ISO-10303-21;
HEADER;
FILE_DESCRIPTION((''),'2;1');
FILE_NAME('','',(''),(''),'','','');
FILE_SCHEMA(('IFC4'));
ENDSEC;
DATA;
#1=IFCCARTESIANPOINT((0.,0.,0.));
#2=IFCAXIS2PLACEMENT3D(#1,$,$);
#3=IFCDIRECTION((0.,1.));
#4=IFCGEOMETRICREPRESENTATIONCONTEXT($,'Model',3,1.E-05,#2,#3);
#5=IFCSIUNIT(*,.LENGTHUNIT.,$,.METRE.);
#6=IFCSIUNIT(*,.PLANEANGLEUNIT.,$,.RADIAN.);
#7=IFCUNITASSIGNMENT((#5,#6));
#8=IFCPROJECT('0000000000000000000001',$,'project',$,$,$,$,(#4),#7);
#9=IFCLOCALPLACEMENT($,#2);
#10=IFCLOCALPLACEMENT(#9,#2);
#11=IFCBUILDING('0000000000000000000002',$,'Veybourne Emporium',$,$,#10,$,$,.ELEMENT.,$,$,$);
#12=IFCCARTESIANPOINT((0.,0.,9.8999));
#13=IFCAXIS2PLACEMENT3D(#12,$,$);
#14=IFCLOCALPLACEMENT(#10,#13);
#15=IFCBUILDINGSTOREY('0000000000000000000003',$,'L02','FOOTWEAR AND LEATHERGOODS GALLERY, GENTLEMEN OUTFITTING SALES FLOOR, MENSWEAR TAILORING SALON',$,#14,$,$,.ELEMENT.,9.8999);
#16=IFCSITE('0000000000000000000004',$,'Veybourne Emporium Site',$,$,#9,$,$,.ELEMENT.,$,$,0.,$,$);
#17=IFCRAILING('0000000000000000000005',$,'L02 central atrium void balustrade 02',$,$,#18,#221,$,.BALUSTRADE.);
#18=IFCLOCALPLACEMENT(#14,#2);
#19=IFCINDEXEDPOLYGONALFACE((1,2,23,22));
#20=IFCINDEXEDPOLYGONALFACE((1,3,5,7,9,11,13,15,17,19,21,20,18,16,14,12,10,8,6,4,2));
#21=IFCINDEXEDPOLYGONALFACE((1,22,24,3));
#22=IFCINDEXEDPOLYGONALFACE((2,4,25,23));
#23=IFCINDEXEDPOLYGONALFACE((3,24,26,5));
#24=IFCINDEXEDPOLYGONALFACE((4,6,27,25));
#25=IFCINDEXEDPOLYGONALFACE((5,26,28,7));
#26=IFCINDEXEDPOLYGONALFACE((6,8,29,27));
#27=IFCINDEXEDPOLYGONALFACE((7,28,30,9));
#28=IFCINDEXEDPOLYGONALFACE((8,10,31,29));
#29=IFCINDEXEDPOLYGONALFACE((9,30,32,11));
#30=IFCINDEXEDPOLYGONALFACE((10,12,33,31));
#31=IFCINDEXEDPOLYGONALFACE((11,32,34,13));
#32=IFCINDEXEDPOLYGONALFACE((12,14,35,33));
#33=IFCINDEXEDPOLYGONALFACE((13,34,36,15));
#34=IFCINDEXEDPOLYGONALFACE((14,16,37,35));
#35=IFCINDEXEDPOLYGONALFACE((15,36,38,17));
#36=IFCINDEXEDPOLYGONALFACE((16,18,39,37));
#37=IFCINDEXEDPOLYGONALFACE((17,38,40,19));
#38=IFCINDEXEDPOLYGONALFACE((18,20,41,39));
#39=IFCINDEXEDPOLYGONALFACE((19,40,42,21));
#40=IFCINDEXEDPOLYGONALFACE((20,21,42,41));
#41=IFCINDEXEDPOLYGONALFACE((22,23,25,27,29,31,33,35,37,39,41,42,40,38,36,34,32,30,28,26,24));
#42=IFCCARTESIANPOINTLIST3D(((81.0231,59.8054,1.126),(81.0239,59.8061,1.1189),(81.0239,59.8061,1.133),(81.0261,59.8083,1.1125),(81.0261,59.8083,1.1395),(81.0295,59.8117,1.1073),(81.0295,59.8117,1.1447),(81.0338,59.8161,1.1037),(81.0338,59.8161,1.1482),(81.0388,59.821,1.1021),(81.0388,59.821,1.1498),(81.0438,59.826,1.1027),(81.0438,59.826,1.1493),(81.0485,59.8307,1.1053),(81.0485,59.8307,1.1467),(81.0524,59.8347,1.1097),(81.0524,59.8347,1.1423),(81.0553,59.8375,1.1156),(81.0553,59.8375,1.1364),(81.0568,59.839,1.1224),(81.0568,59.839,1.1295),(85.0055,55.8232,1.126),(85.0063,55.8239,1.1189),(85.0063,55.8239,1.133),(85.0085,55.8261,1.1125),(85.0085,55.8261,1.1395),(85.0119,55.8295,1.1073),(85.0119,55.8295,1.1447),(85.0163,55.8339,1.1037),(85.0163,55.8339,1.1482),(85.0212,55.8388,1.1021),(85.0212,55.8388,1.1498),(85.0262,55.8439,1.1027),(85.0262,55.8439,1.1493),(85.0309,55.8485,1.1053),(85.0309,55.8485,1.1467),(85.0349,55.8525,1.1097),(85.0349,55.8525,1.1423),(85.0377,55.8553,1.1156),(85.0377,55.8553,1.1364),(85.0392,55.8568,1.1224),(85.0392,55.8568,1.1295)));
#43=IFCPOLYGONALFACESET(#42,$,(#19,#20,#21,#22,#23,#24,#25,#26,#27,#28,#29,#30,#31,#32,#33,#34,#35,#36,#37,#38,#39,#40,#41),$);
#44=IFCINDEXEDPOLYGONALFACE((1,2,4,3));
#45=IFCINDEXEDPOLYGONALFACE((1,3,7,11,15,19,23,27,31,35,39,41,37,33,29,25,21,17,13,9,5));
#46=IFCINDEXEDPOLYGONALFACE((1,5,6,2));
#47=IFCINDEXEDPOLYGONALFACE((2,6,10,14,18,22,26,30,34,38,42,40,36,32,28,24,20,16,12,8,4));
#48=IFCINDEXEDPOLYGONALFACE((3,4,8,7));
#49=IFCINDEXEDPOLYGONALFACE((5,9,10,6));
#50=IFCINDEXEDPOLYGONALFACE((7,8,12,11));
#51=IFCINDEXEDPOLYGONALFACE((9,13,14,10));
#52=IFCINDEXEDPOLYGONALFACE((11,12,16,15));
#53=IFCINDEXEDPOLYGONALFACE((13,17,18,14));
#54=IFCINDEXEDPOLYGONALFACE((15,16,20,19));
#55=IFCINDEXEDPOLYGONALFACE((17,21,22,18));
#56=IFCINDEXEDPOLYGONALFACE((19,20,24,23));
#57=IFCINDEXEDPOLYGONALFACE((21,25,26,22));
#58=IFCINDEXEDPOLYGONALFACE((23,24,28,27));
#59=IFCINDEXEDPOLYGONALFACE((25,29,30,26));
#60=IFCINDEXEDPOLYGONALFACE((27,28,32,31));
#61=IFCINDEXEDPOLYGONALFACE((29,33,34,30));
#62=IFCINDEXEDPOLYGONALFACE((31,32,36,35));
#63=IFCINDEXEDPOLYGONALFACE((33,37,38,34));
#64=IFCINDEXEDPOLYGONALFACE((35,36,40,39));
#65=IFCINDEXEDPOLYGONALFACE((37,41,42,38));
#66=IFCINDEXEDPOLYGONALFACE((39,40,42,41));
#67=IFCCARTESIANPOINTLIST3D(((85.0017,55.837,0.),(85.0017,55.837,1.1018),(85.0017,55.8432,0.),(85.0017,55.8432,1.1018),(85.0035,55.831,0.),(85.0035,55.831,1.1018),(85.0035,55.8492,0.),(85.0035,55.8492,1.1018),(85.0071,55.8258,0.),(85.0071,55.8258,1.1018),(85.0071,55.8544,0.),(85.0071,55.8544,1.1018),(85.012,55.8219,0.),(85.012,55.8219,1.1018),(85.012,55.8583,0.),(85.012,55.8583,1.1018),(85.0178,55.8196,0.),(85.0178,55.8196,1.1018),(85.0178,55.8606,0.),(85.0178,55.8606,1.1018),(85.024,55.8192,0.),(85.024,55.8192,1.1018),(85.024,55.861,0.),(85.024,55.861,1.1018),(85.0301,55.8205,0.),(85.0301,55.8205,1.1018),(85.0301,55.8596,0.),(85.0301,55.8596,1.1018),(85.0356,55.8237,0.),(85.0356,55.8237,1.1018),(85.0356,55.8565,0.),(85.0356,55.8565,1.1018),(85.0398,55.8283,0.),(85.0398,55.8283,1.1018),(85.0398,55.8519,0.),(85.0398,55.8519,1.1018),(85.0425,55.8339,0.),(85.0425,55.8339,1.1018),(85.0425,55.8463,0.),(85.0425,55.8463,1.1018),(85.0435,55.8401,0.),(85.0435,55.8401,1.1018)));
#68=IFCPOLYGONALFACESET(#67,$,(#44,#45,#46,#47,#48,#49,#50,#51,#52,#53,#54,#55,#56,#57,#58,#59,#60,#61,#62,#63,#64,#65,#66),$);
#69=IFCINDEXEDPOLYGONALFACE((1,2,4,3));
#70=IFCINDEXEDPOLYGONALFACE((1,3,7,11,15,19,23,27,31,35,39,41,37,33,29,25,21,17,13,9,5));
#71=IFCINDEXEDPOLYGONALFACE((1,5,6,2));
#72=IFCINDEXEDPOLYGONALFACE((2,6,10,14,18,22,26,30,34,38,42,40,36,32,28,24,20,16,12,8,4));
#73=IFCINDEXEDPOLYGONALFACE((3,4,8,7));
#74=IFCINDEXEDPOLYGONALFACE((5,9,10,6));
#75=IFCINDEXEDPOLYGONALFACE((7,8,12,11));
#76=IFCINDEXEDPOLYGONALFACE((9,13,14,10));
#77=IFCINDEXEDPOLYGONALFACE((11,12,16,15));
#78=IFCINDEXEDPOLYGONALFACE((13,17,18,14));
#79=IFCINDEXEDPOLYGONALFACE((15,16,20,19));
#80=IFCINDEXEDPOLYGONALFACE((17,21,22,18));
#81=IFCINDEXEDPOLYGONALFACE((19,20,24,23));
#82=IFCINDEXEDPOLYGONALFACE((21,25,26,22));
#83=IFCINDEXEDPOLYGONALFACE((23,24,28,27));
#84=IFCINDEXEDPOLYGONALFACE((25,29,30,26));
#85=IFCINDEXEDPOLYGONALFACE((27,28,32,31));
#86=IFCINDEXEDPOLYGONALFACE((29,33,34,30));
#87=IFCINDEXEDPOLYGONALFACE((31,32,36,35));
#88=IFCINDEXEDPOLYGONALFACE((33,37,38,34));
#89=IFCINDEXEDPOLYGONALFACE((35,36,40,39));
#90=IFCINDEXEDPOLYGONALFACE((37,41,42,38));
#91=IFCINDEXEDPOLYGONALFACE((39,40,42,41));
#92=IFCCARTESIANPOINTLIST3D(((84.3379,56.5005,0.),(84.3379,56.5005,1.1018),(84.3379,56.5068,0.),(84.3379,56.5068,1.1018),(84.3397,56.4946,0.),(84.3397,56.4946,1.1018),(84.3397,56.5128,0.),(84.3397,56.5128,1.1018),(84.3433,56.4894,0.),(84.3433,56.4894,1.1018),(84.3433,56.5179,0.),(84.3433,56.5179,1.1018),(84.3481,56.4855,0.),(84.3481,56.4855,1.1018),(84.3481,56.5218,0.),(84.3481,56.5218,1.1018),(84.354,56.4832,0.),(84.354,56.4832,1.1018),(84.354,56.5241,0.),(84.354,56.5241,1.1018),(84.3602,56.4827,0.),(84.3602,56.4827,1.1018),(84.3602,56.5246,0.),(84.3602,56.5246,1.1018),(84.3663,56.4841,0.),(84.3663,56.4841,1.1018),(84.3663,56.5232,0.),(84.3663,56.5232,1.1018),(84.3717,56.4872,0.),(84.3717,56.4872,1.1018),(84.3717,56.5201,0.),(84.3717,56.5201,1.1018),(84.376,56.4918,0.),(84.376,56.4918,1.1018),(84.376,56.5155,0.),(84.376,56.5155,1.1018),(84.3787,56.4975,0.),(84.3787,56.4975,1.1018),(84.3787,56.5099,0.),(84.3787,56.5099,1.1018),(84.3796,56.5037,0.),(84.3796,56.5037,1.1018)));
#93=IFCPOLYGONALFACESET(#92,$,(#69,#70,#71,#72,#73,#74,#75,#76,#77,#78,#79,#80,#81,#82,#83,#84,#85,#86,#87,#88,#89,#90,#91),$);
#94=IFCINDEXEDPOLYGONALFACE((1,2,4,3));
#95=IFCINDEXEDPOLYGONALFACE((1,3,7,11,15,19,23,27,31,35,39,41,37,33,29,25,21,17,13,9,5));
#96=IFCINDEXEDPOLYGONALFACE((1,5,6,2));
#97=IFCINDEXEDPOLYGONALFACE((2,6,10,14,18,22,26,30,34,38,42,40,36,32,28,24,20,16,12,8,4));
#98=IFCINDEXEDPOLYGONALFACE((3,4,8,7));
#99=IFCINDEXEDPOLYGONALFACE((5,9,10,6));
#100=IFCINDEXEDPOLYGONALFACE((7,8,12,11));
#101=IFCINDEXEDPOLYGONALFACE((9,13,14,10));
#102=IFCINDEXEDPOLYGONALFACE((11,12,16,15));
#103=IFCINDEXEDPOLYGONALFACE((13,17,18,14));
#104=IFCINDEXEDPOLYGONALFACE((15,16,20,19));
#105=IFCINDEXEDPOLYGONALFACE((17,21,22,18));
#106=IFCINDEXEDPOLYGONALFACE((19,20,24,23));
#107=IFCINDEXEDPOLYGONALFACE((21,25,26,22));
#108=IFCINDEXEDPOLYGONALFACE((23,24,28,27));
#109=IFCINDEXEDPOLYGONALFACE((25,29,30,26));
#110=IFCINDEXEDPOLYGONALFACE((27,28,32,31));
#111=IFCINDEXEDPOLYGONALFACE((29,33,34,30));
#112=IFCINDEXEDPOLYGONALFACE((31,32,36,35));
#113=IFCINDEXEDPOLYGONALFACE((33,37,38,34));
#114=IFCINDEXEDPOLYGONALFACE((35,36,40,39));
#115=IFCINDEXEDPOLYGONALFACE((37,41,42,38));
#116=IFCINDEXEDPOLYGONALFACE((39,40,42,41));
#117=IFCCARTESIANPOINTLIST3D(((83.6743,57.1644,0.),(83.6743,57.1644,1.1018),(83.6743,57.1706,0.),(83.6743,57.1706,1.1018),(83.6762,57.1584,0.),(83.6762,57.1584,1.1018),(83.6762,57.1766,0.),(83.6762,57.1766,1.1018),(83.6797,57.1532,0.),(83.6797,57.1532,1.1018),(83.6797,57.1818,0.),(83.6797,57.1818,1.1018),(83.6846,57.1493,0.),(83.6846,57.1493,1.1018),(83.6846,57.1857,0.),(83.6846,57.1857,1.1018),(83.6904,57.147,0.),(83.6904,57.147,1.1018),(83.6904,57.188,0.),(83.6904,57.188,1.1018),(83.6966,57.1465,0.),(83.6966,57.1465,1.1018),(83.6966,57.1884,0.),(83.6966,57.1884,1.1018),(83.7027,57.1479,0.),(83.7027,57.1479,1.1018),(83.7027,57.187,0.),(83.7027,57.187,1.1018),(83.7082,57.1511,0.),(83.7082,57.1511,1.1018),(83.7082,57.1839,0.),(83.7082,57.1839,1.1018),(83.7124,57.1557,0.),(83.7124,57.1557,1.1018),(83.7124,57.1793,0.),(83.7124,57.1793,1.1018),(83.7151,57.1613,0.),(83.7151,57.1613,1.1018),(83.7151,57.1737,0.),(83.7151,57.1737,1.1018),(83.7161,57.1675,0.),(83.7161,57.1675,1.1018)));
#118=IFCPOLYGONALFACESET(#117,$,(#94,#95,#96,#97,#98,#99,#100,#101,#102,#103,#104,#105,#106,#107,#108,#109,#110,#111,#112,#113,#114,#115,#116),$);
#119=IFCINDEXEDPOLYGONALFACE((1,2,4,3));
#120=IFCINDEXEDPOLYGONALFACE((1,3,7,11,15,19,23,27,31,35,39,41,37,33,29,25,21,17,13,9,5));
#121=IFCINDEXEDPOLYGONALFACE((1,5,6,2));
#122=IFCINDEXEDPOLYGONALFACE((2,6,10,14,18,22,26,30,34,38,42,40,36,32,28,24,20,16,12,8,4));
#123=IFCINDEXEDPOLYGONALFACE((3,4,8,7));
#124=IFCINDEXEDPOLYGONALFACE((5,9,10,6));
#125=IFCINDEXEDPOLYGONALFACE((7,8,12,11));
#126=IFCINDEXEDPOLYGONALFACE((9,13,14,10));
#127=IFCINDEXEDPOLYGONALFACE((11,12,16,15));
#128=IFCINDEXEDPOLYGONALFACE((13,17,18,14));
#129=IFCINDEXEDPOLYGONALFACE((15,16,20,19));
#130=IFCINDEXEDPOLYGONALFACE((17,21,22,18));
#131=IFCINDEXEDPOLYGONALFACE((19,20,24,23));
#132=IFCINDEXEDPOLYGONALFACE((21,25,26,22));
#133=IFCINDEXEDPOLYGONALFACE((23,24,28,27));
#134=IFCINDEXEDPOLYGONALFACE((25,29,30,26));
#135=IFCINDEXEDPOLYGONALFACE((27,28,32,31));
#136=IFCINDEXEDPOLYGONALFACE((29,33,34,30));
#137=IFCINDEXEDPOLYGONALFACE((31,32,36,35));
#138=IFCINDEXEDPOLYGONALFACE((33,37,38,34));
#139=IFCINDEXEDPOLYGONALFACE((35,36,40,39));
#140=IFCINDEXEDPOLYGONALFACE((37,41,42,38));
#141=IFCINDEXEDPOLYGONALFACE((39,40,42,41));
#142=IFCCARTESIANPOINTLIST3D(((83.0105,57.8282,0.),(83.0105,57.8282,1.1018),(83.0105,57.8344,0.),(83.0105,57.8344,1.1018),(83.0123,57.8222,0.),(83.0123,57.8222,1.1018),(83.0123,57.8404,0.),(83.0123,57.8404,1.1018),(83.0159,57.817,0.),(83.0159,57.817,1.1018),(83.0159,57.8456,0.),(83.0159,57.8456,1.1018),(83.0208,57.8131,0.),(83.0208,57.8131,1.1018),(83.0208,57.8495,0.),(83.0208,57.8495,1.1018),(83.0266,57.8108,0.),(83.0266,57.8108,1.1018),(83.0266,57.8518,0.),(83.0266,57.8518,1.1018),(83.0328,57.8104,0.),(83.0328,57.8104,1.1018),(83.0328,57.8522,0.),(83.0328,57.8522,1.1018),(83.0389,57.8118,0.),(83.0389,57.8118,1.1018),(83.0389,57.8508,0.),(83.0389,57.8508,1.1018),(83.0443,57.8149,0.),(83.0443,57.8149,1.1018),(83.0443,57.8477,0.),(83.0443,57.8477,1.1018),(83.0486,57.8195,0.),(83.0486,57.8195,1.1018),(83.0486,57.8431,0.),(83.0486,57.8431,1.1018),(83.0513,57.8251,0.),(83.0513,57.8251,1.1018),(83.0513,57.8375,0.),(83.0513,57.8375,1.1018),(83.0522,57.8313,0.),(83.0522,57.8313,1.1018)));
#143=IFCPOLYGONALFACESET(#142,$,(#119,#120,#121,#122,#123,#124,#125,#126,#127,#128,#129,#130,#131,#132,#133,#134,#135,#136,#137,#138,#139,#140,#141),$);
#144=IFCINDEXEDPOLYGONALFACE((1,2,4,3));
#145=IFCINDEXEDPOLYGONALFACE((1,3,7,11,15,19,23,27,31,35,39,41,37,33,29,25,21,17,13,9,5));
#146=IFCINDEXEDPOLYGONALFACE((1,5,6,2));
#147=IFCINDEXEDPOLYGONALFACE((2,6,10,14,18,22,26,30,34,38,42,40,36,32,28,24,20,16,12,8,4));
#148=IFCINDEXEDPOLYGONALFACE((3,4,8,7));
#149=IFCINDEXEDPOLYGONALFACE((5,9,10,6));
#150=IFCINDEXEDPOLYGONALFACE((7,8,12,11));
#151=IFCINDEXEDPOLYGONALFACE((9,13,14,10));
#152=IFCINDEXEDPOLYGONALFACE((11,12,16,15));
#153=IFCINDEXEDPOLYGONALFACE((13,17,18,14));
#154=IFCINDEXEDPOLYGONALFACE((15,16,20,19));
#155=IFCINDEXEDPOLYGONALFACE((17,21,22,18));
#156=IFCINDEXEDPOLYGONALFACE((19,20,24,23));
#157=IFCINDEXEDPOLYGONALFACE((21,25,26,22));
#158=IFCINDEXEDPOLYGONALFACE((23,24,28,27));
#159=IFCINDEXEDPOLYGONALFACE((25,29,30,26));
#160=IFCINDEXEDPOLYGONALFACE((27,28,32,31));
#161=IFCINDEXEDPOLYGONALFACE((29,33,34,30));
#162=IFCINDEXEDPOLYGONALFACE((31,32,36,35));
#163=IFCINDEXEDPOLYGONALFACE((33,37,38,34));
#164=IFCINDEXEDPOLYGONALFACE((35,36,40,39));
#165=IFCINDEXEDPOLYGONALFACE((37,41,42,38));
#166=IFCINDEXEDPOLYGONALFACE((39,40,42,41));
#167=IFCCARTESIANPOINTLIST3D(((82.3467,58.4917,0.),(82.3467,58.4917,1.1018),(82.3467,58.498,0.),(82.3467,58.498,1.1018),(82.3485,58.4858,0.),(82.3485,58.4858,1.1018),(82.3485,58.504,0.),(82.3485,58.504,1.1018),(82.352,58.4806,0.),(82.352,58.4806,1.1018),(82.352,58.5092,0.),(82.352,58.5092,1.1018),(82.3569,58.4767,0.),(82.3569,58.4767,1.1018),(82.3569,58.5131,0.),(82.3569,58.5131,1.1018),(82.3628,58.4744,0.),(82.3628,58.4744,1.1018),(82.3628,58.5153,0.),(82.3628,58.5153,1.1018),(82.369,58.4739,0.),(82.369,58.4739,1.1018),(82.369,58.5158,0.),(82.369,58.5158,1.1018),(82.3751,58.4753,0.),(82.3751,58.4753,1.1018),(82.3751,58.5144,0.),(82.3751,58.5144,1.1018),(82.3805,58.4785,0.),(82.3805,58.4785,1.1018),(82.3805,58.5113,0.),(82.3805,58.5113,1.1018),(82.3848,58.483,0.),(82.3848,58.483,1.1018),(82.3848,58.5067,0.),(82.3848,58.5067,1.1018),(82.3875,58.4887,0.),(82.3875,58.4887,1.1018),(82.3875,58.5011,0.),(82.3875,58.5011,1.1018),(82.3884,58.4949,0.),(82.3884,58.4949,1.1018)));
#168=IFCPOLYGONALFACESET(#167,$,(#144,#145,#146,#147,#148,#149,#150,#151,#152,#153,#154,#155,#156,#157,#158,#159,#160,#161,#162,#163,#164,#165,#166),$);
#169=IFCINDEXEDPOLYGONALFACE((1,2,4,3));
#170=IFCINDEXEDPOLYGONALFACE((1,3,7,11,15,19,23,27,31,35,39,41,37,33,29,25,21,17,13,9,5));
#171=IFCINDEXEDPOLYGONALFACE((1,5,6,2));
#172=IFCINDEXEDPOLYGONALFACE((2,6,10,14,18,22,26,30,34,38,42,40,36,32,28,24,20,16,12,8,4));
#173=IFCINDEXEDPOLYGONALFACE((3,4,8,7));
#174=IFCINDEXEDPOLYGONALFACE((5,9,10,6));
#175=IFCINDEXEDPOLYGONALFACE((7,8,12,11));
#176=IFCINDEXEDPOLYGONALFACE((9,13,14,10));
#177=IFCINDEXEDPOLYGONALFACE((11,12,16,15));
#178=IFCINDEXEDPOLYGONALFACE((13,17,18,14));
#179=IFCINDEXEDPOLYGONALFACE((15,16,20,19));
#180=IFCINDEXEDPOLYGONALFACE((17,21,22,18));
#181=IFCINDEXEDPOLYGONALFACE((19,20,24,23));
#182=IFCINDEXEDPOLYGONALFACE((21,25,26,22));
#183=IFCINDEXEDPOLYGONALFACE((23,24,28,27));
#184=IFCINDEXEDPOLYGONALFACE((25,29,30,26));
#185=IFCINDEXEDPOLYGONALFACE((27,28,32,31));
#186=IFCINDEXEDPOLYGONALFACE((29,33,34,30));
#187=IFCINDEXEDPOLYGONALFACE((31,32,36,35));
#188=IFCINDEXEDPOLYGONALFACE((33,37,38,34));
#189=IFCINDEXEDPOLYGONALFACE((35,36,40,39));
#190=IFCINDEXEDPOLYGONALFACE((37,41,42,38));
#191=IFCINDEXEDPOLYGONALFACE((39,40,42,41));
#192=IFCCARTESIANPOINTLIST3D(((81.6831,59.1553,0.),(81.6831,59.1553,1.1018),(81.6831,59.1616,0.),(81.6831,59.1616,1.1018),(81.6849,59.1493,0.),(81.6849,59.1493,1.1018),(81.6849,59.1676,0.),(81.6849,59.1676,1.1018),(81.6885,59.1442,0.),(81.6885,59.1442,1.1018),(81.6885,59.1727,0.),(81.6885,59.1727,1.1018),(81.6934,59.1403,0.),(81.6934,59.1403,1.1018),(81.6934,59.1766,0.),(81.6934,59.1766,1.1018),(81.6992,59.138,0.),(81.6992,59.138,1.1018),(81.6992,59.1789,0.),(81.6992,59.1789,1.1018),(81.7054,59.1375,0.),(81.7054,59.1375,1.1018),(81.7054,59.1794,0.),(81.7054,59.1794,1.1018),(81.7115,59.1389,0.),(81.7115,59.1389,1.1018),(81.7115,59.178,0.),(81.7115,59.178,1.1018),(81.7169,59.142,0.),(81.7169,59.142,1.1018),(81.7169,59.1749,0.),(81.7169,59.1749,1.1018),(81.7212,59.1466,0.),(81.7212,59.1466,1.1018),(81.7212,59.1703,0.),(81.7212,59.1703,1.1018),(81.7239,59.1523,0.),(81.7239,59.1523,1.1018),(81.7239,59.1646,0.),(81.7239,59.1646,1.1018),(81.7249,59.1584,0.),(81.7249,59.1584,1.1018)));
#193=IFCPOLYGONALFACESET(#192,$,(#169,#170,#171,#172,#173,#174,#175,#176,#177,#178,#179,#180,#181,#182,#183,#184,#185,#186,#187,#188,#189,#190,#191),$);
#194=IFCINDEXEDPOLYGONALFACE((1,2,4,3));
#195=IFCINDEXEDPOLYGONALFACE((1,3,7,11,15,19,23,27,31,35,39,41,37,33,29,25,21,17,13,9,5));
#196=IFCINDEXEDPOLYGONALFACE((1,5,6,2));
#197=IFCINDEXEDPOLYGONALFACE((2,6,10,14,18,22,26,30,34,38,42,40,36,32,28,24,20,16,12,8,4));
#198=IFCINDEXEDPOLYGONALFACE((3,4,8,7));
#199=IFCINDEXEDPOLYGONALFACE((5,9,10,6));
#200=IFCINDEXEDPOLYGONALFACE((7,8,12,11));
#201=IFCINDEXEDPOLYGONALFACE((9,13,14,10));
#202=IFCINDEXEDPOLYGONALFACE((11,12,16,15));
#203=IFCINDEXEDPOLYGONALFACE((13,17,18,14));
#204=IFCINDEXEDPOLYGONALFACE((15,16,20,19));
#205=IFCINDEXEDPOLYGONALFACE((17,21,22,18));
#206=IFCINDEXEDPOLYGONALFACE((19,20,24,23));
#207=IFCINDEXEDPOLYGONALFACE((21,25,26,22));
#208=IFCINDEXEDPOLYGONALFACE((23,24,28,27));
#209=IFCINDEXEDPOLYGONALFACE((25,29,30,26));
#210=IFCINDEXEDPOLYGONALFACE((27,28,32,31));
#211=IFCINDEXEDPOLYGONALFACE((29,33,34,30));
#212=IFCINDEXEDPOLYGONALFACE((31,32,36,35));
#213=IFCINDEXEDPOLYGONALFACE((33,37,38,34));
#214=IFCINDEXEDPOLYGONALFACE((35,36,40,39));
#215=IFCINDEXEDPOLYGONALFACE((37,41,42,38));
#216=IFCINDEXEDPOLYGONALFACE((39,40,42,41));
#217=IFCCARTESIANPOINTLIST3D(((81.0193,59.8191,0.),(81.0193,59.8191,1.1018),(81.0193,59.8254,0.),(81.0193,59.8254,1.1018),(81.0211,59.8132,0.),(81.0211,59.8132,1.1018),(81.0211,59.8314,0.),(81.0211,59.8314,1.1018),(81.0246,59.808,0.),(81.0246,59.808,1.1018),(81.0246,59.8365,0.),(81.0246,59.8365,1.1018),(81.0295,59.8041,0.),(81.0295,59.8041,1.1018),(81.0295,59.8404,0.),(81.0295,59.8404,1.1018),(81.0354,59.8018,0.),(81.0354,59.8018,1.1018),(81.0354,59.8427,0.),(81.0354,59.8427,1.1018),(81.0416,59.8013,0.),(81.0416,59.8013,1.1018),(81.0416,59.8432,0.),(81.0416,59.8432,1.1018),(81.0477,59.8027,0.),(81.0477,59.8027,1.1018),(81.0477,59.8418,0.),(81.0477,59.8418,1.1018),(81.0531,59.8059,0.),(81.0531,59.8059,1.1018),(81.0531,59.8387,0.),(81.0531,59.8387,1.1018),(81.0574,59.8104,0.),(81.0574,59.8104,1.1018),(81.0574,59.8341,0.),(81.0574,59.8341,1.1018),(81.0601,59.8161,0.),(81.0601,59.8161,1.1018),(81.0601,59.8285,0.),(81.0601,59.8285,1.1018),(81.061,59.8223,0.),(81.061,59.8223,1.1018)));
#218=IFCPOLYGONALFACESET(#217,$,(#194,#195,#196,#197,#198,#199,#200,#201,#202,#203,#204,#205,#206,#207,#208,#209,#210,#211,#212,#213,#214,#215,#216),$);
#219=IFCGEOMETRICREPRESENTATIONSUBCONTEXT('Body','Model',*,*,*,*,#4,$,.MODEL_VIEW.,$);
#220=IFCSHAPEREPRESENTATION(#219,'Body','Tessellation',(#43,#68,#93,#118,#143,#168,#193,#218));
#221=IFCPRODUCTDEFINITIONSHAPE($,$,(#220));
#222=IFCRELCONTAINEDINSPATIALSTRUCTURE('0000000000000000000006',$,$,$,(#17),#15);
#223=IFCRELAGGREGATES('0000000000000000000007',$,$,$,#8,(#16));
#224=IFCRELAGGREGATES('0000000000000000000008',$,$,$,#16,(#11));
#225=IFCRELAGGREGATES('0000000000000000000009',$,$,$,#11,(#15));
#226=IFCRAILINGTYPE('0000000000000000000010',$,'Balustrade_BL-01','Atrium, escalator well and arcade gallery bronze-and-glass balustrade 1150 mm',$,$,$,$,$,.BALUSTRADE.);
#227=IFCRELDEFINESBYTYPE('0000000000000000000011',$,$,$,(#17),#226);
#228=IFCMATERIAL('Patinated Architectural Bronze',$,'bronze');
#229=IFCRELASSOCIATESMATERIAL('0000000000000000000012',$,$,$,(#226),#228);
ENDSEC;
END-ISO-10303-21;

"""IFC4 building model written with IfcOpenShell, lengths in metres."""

from ifc_helpers import new_model, si_unit, direction, frame, origin, origin_2d, place, context, subcontext, project, spatial, circle, extrude, material, type_object, element, save


model = new_model("IFC4")

# Units and contexts
model_context = context("Model", 3, precision=1e-05, world=origin(), true_north=direction((0.0, 1.0)))
body_context = subcontext(model_context, "Body", "Model", "MODEL_VIEW")
ifc_project = project(units=[si_unit("LENGTHUNIT", "METRE"), si_unit("PLANEANGLEUNIT", "RADIAN")], contexts=[model_context])

# Site, building, storey
site_placement = place(None, origin())
site = spatial("IfcSite", under=ifc_project, at=site_placement, Name="Veybourne Emporium Site", CompositionType="ELEMENT", RefElevation=0.0)
building_placement = place(site_placement, origin())
building = spatial("IfcBuilding", under=site, at=building_placement, Name="Veybourne Emporium", CompositionType="ELEMENT")
storey_placement = place(building_placement, frame((0.0, 0.0, 9.8999)))
storey = spatial("IfcBuildingStorey", under=building, at=storey_placement, Name="L02", Description="FOOTWEAR AND LEATHERGOODS GALLERY, GENTLEMEN OUTFITTING SALES FLOOR, MENSWEAR TAILORING SALON", CompositionType="ELEMENT", Elevation=9.8999)

# Railing
ifc_material_1 = material(Name="Patinated Architectural Bronze", Category="bronze")
railing_type = type_object("IfcRailingType", Name="Balustrade_BL-01", Description="Atrium, escalator well and arcade gallery bronze-and-glass balustrade 1150 mm", PredefinedType="BALUSTRADE", material=ifc_material_1)
railing_1_placement = place(storey_placement, frame((85.0225, 55.8401, 0.0)))
element("IfcRailing", 1, at=railing_1_placement, inside=storey, type_object=railing_type, Name="L02 central atrium void balustrade 02", PredefinedType="BALUSTRADE", context=body_context, shape_type="SweptSolid", body=[
    extrude(circle(Radius=0.0239, at=origin_2d()), frame((0.0, 0.0, 1.126), z_axis=(-0.707128, 0.707085, 0.0), x_axis=(-0.707085, -0.707128, 0.0)), (0.0, 0.0, 1.0), 5.6318),
    extrude(circle(Radius=0.021, at=origin_2d()), origin(), (0.0, 0.0, 1.0), 1.1018),
    extrude(circle(Radius=0.021, at=origin_2d()), frame((-0.6638, 0.6636, 0.0)), (0.0, 0.0, 1.0), 1.1018),
    extrude(circle(Radius=0.021, at=origin_2d()), frame((-1.3274, 1.3274, 0.0)), (0.0, 0.0, 1.0), 1.1018),
    extrude(circle(Radius=0.021, at=origin_2d()), frame((-1.9912, 1.9912, 0.0)), (0.0, 0.0, 1.0), 1.1018),
    extrude(circle(Radius=0.021, at=origin_2d()), frame((-2.655, 2.6548, 0.0)), (0.0, 0.0, 1.0), 1.1018),
    extrude(circle(Radius=0.021, at=origin_2d()), frame((-3.3186, 3.3184, 0.0)), (0.0, 0.0, 1.0), 1.1018),
    extrude(circle(Radius=0.021, at=origin_2d()), frame((-3.9824, 3.9822, 0.0)), (0.0, 0.0, 1.0), 1.1018),
])

save(model, "model.ifc")
